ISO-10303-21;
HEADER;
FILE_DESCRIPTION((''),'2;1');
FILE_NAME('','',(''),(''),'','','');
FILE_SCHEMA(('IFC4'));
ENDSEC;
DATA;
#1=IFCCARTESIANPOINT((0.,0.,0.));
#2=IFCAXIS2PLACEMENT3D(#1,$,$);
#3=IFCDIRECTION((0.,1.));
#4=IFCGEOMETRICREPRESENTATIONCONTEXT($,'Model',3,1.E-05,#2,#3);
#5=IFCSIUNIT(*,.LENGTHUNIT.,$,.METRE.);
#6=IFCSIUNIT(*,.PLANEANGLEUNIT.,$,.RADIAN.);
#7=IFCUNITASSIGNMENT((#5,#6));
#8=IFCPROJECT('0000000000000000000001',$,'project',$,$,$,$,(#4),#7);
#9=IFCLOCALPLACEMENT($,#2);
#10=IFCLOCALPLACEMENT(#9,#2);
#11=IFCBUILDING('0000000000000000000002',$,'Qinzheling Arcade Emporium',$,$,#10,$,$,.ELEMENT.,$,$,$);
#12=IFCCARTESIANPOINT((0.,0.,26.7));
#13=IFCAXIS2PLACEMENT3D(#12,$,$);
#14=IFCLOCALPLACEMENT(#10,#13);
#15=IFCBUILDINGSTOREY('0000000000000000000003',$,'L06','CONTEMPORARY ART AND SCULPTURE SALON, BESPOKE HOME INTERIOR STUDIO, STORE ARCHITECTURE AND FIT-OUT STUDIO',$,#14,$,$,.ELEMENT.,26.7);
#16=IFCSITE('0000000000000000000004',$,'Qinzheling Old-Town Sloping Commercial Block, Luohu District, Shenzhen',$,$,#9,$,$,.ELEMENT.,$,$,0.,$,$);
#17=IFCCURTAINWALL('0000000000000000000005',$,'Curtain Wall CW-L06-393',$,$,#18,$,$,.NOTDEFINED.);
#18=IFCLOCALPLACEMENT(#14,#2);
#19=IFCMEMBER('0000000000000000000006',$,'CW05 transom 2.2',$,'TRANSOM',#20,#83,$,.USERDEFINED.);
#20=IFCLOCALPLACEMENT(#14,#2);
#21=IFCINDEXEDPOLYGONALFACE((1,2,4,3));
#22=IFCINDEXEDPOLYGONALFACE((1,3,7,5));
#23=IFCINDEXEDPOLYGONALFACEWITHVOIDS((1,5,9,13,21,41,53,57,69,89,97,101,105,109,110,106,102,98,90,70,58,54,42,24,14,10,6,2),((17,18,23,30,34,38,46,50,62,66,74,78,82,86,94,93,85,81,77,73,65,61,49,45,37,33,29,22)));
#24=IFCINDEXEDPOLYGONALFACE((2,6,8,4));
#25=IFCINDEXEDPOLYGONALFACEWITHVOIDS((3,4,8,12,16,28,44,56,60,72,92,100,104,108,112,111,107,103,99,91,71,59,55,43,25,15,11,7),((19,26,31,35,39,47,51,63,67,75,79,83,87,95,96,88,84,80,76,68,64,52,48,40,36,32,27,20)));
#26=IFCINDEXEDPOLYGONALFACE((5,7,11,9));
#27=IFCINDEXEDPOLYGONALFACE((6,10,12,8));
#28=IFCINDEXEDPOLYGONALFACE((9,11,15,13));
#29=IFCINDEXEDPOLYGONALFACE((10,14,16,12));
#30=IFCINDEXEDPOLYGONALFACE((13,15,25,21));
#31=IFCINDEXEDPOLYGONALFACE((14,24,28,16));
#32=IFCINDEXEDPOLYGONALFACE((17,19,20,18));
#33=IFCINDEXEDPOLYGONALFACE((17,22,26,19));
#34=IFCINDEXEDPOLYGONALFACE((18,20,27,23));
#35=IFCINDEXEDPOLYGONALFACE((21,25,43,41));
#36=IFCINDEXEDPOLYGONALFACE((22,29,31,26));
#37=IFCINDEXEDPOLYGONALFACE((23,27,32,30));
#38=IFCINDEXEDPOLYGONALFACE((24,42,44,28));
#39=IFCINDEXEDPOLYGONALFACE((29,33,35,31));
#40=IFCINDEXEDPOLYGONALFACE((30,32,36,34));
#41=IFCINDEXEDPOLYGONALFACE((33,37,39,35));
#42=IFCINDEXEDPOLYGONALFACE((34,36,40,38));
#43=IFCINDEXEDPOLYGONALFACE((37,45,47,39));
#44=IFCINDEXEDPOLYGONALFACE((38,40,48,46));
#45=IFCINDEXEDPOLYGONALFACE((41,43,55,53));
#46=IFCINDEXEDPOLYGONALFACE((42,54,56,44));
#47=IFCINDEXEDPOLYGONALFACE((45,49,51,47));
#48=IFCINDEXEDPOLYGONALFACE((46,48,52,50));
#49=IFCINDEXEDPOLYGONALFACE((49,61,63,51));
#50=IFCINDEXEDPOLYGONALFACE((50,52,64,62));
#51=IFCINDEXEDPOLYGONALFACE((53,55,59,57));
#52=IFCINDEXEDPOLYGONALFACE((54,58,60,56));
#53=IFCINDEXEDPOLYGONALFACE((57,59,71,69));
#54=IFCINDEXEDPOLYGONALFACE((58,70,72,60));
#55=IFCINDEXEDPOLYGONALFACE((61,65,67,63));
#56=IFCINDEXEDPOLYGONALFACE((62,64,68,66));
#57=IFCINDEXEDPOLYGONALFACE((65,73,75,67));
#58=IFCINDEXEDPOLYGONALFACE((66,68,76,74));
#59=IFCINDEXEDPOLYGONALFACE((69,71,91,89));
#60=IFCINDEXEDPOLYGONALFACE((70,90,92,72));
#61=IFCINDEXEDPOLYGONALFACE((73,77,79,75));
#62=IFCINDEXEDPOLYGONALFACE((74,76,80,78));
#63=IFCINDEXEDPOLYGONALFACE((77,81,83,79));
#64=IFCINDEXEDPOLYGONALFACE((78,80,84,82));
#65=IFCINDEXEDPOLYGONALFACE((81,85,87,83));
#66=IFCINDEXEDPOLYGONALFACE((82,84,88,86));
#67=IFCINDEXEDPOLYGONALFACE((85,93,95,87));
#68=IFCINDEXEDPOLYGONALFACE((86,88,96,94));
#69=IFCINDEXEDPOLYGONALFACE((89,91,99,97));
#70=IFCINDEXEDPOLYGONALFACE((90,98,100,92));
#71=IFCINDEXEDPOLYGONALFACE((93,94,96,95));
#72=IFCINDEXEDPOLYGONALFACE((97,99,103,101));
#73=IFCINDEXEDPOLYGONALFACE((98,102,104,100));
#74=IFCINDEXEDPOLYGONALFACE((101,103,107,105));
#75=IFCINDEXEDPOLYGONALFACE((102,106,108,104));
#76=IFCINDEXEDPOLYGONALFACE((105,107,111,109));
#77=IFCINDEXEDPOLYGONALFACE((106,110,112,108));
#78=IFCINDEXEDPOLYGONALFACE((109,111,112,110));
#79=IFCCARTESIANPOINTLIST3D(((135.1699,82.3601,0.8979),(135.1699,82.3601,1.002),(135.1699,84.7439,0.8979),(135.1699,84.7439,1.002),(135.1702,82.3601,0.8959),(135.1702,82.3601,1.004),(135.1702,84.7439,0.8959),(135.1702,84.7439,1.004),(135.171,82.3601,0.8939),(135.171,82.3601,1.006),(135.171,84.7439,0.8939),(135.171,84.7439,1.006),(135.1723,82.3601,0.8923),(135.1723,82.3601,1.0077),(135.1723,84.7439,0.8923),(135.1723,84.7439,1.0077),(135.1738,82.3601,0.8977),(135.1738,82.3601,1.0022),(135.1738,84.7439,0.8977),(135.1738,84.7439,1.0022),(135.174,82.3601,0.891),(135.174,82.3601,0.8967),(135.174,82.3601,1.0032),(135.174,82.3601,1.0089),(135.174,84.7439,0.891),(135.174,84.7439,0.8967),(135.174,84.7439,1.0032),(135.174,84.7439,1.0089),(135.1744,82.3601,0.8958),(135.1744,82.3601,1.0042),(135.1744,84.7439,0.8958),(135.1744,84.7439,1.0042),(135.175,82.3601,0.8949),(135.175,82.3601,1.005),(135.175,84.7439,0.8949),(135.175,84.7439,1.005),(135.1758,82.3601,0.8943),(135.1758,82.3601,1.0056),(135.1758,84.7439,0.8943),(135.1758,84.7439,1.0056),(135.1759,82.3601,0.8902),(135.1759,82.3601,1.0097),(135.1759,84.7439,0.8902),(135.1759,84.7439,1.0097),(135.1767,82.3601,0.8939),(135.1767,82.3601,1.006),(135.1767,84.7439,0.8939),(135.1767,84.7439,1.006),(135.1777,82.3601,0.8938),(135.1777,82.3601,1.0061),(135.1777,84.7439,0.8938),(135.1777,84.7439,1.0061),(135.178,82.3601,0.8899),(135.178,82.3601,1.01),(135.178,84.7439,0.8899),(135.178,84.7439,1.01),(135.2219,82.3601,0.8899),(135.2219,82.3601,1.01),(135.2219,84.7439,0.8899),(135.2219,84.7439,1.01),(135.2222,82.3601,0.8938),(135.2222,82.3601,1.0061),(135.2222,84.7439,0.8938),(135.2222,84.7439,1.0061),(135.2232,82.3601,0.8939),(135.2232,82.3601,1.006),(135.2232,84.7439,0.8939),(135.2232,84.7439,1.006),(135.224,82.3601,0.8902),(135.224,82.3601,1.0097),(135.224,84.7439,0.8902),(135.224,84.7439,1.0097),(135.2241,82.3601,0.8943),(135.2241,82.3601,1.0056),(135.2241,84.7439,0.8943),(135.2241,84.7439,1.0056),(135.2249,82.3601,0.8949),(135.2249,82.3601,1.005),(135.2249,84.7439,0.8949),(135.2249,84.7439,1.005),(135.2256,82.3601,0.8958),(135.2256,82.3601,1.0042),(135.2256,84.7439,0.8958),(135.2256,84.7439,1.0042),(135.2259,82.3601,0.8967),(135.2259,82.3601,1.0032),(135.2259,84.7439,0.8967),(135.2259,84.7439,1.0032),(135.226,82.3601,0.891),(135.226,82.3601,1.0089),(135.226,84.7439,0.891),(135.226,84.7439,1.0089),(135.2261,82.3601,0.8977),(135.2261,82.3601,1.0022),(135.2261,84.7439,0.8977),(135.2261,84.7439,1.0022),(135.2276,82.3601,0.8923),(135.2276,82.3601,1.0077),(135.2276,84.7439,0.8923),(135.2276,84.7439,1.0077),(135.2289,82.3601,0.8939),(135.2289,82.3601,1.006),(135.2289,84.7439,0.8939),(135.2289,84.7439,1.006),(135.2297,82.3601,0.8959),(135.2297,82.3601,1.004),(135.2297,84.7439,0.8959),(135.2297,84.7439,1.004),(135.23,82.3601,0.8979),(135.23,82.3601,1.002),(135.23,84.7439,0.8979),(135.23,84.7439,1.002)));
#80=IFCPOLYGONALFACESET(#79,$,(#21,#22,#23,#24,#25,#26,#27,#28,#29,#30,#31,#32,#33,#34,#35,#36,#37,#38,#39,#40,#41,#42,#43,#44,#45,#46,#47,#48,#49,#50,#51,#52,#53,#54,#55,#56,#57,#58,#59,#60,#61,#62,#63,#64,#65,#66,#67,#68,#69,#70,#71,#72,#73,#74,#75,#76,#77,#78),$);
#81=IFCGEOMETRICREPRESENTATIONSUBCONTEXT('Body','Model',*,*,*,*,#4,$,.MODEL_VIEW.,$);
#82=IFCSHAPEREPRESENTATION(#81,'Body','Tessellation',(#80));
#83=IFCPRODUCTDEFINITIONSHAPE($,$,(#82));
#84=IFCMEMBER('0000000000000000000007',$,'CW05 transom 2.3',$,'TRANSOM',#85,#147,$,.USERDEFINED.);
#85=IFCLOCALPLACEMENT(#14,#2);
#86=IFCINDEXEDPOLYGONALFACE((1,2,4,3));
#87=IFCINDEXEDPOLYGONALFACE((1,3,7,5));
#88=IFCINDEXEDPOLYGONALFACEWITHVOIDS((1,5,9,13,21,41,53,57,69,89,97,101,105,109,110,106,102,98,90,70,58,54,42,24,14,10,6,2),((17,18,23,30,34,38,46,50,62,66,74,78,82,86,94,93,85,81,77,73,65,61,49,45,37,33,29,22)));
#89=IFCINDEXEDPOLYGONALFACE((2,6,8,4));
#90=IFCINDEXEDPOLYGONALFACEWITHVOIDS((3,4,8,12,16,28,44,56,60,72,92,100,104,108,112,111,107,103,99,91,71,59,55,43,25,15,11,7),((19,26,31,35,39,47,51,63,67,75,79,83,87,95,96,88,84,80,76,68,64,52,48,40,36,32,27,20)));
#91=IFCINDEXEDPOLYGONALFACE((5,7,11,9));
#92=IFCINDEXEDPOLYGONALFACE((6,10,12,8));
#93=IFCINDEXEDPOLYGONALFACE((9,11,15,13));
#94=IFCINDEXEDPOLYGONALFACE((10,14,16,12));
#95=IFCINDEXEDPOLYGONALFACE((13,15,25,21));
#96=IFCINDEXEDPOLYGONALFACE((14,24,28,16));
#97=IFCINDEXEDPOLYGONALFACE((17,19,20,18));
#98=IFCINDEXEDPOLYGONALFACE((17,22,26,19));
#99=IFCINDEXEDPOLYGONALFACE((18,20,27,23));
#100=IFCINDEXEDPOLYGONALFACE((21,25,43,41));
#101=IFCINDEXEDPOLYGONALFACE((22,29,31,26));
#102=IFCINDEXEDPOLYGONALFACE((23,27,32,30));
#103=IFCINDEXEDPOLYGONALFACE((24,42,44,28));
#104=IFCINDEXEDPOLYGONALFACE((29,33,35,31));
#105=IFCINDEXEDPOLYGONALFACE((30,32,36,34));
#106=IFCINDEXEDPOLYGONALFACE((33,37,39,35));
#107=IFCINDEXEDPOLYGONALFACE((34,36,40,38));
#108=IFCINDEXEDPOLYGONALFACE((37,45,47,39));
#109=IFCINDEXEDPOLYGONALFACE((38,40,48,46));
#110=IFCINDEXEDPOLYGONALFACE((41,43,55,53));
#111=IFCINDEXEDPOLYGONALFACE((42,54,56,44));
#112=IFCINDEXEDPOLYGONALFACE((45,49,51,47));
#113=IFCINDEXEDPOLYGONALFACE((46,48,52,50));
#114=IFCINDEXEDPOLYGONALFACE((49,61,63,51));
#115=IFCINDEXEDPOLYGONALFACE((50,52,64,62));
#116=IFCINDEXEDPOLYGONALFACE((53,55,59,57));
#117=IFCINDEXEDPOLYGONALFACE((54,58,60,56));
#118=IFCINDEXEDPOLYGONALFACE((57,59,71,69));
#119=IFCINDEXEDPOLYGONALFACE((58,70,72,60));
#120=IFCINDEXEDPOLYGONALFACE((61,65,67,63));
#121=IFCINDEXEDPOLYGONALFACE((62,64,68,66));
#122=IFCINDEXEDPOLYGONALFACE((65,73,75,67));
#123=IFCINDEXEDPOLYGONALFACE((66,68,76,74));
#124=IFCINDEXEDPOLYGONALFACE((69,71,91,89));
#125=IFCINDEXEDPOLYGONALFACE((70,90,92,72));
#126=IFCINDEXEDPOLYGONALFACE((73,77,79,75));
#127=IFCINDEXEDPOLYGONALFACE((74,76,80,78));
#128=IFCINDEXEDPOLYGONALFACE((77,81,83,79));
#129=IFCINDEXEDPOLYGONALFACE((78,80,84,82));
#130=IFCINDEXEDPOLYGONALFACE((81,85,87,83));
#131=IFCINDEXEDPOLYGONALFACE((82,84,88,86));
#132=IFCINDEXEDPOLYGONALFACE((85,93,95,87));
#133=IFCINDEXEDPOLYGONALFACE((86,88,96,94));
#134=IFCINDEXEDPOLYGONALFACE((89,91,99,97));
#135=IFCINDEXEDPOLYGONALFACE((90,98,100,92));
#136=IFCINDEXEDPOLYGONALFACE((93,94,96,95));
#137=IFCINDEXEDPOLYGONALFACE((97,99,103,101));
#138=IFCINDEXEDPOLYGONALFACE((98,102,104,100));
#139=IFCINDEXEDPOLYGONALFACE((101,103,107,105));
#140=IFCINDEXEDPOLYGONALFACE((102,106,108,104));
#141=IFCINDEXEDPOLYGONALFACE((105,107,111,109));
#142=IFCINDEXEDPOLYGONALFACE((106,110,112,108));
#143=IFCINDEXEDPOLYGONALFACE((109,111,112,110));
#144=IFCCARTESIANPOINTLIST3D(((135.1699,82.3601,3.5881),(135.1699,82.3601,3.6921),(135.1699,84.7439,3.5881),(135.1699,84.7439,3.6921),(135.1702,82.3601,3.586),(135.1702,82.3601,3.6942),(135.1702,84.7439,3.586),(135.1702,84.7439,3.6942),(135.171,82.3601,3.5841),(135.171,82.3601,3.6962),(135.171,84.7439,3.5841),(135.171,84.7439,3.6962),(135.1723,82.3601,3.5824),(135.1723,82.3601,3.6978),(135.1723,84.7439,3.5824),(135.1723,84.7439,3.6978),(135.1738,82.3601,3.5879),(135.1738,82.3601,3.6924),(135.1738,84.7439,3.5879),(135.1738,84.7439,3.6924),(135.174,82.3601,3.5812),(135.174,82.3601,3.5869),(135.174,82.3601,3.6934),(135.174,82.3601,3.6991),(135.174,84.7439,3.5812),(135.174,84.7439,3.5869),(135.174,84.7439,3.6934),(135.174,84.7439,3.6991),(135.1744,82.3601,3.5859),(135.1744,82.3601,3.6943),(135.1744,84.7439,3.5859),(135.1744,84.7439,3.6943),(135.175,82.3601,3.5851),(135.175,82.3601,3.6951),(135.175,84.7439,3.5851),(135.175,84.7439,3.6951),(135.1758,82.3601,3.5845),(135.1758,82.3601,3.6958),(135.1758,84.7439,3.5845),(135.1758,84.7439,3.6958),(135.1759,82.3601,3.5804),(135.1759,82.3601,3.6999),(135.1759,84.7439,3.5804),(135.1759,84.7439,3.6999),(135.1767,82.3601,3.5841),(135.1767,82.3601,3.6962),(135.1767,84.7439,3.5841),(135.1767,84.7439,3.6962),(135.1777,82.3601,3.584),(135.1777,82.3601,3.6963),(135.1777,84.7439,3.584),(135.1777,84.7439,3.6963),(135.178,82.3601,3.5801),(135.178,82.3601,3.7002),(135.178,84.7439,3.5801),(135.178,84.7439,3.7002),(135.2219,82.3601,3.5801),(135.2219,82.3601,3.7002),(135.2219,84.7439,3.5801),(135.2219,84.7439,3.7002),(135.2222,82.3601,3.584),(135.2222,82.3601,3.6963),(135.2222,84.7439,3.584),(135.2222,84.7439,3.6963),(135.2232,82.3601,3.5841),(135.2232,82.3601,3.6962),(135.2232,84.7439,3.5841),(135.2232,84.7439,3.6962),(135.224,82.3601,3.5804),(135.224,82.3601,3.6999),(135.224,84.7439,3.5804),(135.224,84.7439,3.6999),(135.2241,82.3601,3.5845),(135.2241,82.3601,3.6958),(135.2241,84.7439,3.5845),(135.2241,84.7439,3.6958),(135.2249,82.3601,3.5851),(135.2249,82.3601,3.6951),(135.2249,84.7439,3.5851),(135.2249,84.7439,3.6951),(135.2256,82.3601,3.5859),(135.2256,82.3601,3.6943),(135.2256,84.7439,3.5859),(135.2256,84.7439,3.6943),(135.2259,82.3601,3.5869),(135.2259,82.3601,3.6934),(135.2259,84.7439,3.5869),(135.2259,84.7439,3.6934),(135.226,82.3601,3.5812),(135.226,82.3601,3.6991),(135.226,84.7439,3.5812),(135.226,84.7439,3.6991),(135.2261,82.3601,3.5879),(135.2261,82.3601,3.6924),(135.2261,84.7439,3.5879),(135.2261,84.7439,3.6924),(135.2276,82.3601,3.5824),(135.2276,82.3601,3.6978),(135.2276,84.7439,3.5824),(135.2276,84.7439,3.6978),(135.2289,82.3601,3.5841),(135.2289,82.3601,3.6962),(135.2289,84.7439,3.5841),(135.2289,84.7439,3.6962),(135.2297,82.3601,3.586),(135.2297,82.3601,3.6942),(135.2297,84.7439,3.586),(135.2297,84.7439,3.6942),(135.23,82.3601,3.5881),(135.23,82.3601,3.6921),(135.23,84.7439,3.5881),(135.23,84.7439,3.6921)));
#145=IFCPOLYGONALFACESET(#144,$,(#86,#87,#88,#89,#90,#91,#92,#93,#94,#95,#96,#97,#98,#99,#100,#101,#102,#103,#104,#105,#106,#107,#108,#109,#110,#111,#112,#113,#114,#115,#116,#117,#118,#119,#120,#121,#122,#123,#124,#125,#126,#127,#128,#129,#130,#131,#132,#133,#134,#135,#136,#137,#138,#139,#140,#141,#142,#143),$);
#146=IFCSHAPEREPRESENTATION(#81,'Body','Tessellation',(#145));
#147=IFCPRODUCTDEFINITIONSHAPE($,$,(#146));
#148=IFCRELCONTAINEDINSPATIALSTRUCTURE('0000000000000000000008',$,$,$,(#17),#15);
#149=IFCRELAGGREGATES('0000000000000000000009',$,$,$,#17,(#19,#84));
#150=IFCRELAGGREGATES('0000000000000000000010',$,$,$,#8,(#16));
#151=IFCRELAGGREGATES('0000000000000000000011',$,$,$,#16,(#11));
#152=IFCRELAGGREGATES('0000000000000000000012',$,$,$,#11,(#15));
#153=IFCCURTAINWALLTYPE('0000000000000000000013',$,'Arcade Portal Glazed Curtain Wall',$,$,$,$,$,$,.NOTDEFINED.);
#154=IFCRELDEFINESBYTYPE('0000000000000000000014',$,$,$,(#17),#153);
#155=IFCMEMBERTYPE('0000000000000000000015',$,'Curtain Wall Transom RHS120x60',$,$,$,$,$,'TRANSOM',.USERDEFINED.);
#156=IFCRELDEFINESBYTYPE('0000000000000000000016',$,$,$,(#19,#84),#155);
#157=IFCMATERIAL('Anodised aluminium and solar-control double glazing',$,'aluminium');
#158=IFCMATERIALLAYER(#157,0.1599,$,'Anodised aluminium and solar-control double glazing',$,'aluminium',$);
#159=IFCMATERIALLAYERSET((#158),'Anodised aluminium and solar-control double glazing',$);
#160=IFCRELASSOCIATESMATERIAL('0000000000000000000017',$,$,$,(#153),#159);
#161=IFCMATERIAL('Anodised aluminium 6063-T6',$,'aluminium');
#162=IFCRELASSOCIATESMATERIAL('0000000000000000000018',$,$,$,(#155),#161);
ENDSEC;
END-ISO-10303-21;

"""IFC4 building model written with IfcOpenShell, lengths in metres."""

from ifc_helpers import new_model, si_unit, direction, frame, origin, origin_2d, place, context, subcontext, project, spatial, hollow_rectangle, extrude, material, layer, layer_set, material_profile, profile_set, type_object, element, aggregate, save


model = new_model("IFC4")

# Units and contexts
model_context = context("Model", 3, precision=1e-05, world=origin(), true_north=direction((0.0, 1.0)))
body_context = subcontext(model_context, "Body", "Model", "MODEL_VIEW")
ifc_project = project(units=[si_unit("LENGTHUNIT", "METRE"), si_unit("PLANEANGLEUNIT", "RADIAN")], contexts=[model_context])

# Site, building, storey
site_placement = place(None, origin())
site = spatial("IfcSite", under=ifc_project, at=site_placement, Name="Qinzheling Old-Town Sloping Commercial Block, Luohu District, Shenzhen", CompositionType="ELEMENT", RefElevation=0.0)
building_placement = place(site_placement, origin())
building = spatial("IfcBuilding", under=site, at=building_placement, Name="Qinzheling Arcade Emporium", CompositionType="ELEMENT")
storey_placement = place(building_placement, frame((0.0, 0.0, 26.7)))
storey = spatial("IfcBuildingStorey", under=building, at=storey_placement, Name="L06", Description="CONTEMPORARY ART AND SCULPTURE SALON, BESPOKE HOME INTERIOR STUDIO, STORE ARCHITECTURE AND FIT-OUT STUDIO", CompositionType="ELEMENT", Elevation=26.7)

# Curtain wall, members
ifc_material_1 = material(Name="Anodised aluminium and solar-control double glazing", Category="aluminium")
ifc_layer_1 = layer(ifc_material_1, 0.1599, Name="Anodised aluminium and solar-control double glazing", Category="aluminium")
ifc_layer_set_1 = layer_set([ifc_layer_1], Name="Anodised aluminium and solar-control double glazing")
curtain_wall_type = type_object("IfcCurtainWallType", Name="Arcade Portal Glazed Curtain Wall", PredefinedType="NOTDEFINED", material=ifc_layer_set_1)
curtain_wall_placement = place(storey_placement, origin())
curtain_wall = element("IfcCurtainWall", 1, at=curtain_wall_placement, inside=storey, type_object=curtain_wall_type, Name="Curtain Wall CW-L06-393", PredefinedType="NOTDEFINED")
ifc_material_2 = material(Name="Anodised aluminium 6063-T6", Category="aluminium")
ifc_material_profile_1 = material_profile(ifc_material_2, hollow_rectangle(XDim=0.0601, YDim=0.1201, WallThickness=0.0039, InnerFilletRadius=0.0039, OuterFilletRadius=0.0081, at=origin_2d()), Name="RHS 120x60x4", Category="aluminium")
ifc_profile_set_1 = profile_set([ifc_material_profile_1], Name="Anodised aluminium 6063-T6")
member_type_1 = type_object("IfcMemberType", Name="Curtain Wall Transom RHS120x60", ElementType="TRANSOM", PredefinedType="USERDEFINED", material=ifc_profile_set_1)
member_1_placement = place(storey_placement, frame((135.2, 84.7439, 0.95), z_axis=(0.0, -1.0, 0.0), x_axis=(1.0, 0.0, 0.0)))
member_1 = element("IfcMember", 2, at=member_1_placement, type_object=member_type_1, Name="CW05 transom 2.2", ObjectType="TRANSOM", PredefinedType="USERDEFINED", context=body_context, shape_type="SweptSolid", body=[
    extrude(hollow_rectangle(XDim=0.0601, YDim=0.1201, WallThickness=0.0039, InnerFilletRadius=0.0039, OuterFilletRadius=0.0081, at=origin_2d()), origin(), (0.0, 0.0, 1.0), 2.3838),
])
member_2_placement = place(storey_placement, frame((135.2, 84.7439, 3.6401), z_axis=(0.0, -1.0, 0.0), x_axis=(1.0, 0.0, 0.0)))
member_2 = element("IfcMember", 3, at=member_2_placement, type_object=member_type_1, Name="CW05 transom 2.3", ObjectType="TRANSOM", PredefinedType="USERDEFINED", context=body_context, shape_type="SweptSolid", body=[
    extrude(hollow_rectangle(XDim=0.0601, YDim=0.1201, WallThickness=0.0039, InnerFilletRadius=0.0039, OuterFilletRadius=0.0081, at=origin_2d()), origin(), (0.0, 0.0, 1.0), 2.3838),
])

aggregate(curtain_wall, [member_1, member_2])

save(model, "model.ifc")
